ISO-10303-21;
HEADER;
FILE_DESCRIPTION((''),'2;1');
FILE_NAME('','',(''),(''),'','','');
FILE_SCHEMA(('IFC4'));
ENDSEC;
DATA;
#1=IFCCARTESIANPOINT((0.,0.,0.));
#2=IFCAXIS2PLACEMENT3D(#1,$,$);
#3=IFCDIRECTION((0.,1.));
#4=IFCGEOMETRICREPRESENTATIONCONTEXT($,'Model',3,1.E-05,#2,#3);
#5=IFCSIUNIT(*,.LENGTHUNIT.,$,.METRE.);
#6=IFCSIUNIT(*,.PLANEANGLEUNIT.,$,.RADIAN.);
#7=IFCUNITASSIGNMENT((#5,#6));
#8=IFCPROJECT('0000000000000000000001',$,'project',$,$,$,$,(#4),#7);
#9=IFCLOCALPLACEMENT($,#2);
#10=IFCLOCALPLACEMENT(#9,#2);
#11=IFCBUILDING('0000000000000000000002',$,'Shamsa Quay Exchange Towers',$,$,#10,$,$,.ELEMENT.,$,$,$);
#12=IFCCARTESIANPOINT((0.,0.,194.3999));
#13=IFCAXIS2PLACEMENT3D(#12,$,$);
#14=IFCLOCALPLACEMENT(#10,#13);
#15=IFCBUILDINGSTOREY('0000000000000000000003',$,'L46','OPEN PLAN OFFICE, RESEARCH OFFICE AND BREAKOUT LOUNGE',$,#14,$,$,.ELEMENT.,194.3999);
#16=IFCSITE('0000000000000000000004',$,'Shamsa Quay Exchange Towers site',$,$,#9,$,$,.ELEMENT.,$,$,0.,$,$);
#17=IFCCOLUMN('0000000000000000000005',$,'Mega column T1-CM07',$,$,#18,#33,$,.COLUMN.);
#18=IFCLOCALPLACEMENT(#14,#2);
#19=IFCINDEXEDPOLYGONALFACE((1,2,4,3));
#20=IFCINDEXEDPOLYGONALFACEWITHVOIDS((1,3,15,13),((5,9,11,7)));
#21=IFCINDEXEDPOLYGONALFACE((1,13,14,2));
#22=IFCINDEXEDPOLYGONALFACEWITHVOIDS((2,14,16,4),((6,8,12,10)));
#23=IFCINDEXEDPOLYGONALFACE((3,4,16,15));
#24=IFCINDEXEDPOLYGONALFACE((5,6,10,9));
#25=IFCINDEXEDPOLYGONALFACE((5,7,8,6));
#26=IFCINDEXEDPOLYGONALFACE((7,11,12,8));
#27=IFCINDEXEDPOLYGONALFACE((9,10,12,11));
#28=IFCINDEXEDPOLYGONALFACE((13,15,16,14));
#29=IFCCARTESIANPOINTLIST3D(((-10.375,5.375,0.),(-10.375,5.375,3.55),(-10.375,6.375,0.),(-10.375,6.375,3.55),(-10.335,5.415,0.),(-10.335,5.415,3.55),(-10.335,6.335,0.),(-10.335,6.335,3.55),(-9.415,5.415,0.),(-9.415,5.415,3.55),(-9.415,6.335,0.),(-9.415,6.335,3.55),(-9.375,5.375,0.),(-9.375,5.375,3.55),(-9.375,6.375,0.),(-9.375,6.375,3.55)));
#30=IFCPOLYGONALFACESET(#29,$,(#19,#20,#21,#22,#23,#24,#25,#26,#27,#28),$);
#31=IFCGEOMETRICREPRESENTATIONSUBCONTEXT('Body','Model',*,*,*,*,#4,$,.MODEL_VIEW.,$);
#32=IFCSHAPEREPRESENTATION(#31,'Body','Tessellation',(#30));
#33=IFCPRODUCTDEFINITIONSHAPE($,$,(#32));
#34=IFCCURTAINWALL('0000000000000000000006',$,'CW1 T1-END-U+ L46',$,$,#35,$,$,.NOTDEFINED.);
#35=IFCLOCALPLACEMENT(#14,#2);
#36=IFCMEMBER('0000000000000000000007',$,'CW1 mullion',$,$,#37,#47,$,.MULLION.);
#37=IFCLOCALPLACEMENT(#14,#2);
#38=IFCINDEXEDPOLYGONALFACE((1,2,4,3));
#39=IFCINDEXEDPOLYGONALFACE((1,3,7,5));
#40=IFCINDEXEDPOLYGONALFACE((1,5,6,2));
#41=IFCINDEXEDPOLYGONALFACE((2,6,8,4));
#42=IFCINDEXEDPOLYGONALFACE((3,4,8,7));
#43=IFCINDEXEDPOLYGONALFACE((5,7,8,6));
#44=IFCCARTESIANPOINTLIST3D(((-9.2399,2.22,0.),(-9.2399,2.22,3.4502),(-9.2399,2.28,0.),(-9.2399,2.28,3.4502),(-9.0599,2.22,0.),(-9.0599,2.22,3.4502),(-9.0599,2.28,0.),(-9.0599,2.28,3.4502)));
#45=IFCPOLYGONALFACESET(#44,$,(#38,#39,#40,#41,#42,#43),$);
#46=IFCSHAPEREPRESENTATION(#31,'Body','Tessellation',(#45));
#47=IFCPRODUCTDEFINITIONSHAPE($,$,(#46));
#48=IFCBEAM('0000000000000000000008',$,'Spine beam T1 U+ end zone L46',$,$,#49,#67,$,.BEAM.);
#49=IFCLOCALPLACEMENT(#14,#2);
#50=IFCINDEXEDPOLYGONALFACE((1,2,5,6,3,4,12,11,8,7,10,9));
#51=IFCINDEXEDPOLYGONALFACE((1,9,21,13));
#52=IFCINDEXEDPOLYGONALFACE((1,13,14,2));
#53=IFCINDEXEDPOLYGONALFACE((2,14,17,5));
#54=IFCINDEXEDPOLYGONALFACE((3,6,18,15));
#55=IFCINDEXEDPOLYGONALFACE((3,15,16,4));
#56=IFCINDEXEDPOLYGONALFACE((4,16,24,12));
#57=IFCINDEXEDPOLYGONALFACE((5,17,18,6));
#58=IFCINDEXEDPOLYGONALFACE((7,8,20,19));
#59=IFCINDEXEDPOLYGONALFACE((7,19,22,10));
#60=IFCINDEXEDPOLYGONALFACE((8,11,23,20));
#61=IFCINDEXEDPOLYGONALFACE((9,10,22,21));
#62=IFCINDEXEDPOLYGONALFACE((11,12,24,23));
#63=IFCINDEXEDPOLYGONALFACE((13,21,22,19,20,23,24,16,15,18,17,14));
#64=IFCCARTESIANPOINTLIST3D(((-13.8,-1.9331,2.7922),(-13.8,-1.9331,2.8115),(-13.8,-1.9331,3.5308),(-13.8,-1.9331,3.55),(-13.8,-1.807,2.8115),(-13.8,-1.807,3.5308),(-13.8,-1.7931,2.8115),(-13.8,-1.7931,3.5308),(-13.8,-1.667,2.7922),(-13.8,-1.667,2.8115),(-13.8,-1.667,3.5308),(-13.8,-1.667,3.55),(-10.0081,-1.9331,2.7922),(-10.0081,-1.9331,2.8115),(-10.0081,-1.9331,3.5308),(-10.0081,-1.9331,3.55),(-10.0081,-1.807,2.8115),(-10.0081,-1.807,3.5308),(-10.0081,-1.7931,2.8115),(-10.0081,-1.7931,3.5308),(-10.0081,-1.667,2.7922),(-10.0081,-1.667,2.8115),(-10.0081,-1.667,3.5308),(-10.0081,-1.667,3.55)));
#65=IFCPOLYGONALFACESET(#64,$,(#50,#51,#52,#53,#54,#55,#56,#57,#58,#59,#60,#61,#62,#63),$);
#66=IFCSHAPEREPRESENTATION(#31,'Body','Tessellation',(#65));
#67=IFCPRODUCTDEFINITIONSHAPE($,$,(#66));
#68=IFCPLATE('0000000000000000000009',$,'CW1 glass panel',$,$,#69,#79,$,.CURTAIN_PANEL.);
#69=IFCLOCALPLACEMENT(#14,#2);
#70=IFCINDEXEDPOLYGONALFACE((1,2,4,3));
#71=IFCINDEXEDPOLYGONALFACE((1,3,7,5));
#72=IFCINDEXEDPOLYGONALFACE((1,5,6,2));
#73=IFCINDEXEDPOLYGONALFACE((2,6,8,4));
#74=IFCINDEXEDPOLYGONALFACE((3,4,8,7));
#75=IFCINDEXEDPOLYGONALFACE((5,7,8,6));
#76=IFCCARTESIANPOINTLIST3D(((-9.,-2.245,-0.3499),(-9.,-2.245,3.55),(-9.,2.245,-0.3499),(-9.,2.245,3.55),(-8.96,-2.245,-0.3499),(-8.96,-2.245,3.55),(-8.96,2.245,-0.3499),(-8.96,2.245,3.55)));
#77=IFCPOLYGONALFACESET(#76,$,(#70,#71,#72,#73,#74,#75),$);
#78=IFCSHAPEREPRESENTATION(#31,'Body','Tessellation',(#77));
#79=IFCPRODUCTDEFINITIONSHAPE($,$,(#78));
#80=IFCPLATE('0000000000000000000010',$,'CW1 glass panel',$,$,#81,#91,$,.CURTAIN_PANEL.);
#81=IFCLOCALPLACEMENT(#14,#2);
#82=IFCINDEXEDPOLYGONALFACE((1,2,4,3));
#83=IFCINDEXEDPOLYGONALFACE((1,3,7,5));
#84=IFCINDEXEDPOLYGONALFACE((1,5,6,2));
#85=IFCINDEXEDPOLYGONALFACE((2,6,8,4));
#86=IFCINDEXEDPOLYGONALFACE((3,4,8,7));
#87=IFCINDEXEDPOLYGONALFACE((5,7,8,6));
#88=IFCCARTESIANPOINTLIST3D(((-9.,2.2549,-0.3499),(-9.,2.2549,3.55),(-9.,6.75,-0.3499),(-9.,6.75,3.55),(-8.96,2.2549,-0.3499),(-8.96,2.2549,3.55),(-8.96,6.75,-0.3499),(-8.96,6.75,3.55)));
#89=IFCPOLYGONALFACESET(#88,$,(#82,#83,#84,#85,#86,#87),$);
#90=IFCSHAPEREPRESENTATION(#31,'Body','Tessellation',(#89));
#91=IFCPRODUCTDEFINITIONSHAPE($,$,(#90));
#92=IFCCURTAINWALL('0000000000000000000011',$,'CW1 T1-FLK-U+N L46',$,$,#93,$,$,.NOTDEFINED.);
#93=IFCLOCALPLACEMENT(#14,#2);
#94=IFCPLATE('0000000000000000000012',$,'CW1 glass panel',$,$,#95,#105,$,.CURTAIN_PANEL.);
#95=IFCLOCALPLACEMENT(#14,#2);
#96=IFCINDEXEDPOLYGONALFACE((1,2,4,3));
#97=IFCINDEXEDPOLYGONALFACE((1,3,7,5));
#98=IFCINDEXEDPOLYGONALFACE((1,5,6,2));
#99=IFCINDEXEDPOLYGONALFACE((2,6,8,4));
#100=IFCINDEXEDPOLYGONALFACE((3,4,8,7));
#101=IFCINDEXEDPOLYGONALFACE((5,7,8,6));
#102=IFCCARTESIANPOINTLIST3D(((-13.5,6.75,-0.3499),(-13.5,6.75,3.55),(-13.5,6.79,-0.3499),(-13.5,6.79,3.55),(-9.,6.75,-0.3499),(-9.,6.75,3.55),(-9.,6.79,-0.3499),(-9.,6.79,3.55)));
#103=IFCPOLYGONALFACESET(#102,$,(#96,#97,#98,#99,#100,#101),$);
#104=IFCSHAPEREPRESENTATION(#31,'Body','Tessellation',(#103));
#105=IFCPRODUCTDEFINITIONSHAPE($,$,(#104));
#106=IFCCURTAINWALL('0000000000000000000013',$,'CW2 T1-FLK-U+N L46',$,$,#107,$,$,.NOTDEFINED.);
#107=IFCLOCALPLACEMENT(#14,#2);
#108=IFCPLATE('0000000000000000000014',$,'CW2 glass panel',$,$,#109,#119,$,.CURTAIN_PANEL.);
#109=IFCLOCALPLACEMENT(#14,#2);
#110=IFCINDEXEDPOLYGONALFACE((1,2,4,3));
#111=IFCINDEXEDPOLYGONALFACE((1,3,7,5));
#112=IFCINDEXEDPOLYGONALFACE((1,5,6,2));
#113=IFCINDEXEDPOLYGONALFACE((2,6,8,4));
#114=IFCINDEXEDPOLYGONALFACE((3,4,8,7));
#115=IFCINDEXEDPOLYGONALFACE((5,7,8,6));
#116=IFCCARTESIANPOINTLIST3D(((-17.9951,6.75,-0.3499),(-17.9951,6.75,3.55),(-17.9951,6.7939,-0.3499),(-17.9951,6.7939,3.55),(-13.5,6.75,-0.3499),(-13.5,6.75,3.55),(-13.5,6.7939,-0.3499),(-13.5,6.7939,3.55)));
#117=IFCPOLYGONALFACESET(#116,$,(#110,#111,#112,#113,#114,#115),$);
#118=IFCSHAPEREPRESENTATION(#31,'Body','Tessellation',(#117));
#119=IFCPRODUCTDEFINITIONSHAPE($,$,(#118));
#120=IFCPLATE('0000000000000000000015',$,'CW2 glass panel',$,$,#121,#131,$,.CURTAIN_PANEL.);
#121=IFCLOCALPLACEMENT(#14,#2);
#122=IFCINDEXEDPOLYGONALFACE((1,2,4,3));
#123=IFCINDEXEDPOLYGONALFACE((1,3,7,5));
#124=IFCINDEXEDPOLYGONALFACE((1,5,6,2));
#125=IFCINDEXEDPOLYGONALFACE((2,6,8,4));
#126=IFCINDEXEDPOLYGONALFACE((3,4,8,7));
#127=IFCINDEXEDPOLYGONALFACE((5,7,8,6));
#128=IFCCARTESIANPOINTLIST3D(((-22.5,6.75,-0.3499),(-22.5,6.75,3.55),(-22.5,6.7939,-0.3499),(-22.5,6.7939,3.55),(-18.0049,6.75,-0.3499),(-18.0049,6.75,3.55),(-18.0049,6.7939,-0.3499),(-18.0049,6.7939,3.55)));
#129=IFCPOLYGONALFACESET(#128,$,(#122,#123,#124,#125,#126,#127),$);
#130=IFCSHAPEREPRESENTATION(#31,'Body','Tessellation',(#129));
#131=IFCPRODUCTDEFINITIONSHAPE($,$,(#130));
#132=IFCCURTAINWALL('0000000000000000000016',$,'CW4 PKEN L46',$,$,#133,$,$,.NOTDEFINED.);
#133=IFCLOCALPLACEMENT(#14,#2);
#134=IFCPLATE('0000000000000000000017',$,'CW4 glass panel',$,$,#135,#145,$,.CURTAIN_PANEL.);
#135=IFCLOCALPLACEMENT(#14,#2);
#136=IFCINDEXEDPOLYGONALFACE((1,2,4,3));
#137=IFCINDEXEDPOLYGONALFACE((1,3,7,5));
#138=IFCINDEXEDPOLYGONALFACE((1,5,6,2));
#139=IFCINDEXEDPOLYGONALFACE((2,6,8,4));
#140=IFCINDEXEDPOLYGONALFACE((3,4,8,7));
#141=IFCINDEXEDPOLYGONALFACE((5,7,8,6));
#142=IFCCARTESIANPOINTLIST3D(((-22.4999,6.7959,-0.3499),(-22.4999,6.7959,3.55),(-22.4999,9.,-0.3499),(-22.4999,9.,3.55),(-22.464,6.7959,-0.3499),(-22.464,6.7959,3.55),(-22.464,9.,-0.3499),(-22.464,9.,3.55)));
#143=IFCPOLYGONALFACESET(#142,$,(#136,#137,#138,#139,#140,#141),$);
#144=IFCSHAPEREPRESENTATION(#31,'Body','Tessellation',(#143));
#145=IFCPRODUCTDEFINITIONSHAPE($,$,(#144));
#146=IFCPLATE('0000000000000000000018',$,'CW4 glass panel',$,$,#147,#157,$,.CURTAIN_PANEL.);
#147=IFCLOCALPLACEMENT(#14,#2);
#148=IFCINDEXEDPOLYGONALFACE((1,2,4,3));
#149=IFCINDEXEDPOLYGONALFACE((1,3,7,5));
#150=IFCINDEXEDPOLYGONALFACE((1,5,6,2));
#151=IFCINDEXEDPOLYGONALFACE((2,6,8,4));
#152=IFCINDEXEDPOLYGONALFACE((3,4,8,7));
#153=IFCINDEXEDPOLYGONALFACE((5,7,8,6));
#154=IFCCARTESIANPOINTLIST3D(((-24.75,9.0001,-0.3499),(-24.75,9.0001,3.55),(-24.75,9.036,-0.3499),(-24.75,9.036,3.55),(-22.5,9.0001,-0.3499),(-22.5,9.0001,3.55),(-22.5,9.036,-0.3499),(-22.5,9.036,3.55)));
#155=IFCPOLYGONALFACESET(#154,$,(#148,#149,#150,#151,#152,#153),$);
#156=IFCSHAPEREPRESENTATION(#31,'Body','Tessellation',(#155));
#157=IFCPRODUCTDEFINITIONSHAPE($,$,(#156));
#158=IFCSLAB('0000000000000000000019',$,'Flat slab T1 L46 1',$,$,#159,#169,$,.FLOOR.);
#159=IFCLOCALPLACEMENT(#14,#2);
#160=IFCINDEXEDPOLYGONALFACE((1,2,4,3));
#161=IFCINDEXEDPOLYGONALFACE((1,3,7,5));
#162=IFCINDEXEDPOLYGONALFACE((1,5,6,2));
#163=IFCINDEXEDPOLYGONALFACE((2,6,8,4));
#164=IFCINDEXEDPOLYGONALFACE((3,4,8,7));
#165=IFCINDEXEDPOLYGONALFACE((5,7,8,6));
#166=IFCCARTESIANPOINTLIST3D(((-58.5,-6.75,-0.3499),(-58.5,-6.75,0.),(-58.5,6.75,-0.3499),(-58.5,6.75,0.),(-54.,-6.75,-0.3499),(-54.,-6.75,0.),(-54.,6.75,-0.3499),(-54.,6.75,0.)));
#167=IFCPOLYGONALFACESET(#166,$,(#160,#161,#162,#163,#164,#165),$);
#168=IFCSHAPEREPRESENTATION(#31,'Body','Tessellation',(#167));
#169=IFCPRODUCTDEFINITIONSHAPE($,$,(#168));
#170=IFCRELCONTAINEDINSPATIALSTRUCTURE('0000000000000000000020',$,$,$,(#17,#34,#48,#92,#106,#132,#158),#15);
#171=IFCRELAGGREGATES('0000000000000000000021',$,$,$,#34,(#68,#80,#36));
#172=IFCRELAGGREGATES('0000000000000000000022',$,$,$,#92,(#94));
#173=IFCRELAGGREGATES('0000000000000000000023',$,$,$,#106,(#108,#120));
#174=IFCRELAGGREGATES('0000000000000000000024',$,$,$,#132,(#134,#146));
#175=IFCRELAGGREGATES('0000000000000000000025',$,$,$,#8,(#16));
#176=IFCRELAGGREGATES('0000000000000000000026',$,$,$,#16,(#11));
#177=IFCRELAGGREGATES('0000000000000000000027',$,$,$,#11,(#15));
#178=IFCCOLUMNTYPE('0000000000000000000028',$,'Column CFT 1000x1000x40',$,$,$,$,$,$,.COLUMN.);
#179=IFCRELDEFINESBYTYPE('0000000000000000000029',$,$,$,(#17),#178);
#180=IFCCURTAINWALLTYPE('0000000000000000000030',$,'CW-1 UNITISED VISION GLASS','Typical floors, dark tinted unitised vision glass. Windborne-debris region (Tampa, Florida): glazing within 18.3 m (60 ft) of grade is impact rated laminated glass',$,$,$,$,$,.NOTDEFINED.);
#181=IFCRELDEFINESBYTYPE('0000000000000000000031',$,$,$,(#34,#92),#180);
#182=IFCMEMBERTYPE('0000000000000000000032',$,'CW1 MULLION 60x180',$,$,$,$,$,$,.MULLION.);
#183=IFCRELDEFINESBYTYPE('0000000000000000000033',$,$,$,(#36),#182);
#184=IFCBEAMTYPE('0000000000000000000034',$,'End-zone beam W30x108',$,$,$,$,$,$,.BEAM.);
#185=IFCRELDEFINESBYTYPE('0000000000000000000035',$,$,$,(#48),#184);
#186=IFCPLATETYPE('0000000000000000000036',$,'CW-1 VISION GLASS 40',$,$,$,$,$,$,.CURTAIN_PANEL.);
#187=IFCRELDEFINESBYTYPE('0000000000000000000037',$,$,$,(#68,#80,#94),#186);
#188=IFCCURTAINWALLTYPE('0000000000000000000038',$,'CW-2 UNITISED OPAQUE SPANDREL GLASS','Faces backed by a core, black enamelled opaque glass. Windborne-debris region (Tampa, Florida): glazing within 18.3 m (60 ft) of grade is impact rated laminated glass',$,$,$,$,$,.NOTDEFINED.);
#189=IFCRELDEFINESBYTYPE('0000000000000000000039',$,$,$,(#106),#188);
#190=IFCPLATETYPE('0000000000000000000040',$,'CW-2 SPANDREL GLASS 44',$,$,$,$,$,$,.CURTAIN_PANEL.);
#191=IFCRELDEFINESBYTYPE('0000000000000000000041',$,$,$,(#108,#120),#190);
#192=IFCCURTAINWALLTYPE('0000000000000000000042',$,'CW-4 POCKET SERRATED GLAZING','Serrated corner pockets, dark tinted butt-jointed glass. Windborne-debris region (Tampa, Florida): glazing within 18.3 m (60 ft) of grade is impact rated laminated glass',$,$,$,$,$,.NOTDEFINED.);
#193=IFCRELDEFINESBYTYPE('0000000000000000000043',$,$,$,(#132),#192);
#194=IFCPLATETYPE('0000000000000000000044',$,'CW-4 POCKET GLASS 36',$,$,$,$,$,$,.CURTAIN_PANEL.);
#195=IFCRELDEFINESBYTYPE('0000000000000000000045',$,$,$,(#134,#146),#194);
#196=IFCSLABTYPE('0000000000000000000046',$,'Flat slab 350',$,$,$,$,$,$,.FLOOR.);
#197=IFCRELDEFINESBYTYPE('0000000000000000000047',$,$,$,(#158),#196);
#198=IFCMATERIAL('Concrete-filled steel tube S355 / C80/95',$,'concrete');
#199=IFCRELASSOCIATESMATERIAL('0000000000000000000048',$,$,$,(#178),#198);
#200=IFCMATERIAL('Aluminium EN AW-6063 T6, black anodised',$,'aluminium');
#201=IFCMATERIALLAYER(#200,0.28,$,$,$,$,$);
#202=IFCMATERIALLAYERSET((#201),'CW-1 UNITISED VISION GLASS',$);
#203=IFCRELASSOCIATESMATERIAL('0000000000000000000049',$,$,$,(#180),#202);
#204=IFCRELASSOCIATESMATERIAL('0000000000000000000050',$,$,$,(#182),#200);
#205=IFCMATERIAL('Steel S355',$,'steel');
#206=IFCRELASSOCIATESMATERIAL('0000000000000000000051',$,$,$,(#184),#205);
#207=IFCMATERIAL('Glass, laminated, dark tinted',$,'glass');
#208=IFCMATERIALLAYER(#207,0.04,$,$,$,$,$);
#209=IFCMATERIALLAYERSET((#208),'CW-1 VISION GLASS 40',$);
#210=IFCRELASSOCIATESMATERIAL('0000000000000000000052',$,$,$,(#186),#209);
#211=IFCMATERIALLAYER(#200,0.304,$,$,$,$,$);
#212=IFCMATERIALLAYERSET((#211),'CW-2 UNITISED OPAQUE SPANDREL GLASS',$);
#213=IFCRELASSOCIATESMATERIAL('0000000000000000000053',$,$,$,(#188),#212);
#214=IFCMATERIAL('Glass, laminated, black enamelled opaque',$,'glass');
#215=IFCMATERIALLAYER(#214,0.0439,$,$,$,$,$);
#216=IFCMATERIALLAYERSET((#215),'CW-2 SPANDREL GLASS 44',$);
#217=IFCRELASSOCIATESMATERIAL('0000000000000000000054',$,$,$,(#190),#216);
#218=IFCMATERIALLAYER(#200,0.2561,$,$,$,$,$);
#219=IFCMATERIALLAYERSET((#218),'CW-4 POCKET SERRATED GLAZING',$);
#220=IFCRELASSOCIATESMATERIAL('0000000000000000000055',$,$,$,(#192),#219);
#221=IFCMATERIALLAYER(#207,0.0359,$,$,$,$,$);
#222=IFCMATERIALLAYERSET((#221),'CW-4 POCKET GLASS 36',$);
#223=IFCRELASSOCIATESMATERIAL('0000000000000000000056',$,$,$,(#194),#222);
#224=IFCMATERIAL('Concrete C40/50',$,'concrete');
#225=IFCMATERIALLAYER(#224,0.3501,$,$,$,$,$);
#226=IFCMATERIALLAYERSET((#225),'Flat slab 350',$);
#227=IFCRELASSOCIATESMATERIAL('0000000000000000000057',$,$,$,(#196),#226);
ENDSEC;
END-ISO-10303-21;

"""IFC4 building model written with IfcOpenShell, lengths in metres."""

from ifc_helpers import new_model, si_unit, direction, frame, origin, origin_2d, place, context, subcontext, project, spatial, polyline, rectangle, hollow_rectangle, i_section, outline, extrude, material, layer, layer_set, material_profile, profile_set, type_object, element, aggregate, save


model = new_model("IFC4")

# Units and contexts
model_context = context("Model", 3, precision=1e-05, world=origin(), true_north=direction((0.0, 1.0)))
body_context = subcontext(model_context, "Body", "Model", "MODEL_VIEW")
ifc_project = project(units=[si_unit("LENGTHUNIT", "METRE"), si_unit("PLANEANGLEUNIT", "RADIAN")], contexts=[model_context])

# Site, building, storey
site_placement = place(None, origin())
site = spatial("IfcSite", under=ifc_project, at=site_placement, Name="Shamsa Quay Exchange Towers site", CompositionType="ELEMENT", RefElevation=0.0)
building_placement = place(site_placement, origin())
building = spatial("IfcBuilding", under=site, at=building_placement, Name="Shamsa Quay Exchange Towers", CompositionType="ELEMENT")
storey_placement = place(building_placement, frame((0.0, 0.0, 194.3999)))
storey = spatial("IfcBuildingStorey", under=building, at=storey_placement, Name="L46", Description="OPEN PLAN OFFICE, RESEARCH OFFICE AND BREAKOUT LOUNGE", CompositionType="ELEMENT", Elevation=194.3999)

# Column
ifc_material_1 = material(Name="Concrete-filled steel tube S355 / C80/95", Category="concrete")
ifc_material_profile_1 = material_profile(ifc_material_1, hollow_rectangle(XDim=1.0, YDim=1.0, WallThickness=0.04, at=origin_2d()), Name="CFT 1000x1000x40")
ifc_profile_set_1 = profile_set([ifc_material_profile_1], Name="Concrete-filled steel tube S355 / C80/95")
column_type = type_object("IfcColumnType", Name="Column CFT 1000x1000x40", PredefinedType="COLUMN", material=ifc_profile_set_1)
column_placement = place(storey_placement, frame((-9.875, 5.875, 0.0)))
element("IfcColumn", 1, at=column_placement, inside=storey, type_object=column_type, Name="Mega column T1-CM07", PredefinedType="COLUMN", context=body_context, shape_type="SweptSolid", body=[
    extrude(hollow_rectangle(XDim=1.0, YDim=1.0, WallThickness=0.04, at=origin_2d()), origin(), (0.0, 0.0, 1.0), 3.55),
])

# Curtain wall, member
ifc_material_2 = material(Name="Aluminium EN AW-6063 T6, black anodised", Category="aluminium")
ifc_layer_1 = layer(ifc_material_2, 0.28)
ifc_layer_set_1 = layer_set([ifc_layer_1], Name="CW-1 UNITISED VISION GLASS")
curtain_wall_type_1 = type_object("IfcCurtainWallType", Name="CW-1 UNITISED VISION GLASS", Description="Typical floors, dark tinted unitised vision glass. Windborne-debris region (Tampa, Florida): glazing within 18.3 m (60 ft) of grade is impact rated laminated glass", PredefinedType="NOTDEFINED", material=ifc_layer_set_1)
curtain_wall_1_placement = place(storey_placement, origin())
curtain_wall_1 = element("IfcCurtainWall", 2, at=curtain_wall_1_placement, inside=storey, type_object=curtain_wall_type_1, Name="CW1 T1-END-U+ L46", PredefinedType="NOTDEFINED")
ifc_material_profile_2 = material_profile(ifc_material_2, rectangle(XDim=0.1799, YDim=0.0601, at=origin_2d()), Name="MU60x180")
ifc_profile_set_2 = profile_set([ifc_material_profile_2], Name="Aluminium EN AW-6063 T6, black anodised")
member_type = type_object("IfcMemberType", Name="CW1 MULLION 60x180", PredefinedType="MULLION", material=ifc_profile_set_2)
member_placement = place(storey_placement, frame((-9.1499, 2.25, 0.0), z_axis=(0.0, 0.0, 1.0), x_axis=(-1.0, 0.0, 0.0)))
member = element("IfcMember", 3, at=member_placement, type_object=member_type, Name="CW1 mullion", PredefinedType="MULLION", context=body_context, shape_type="SweptSolid", body=[
    extrude(rectangle(XDim=0.1799, YDim=0.0601, at=origin_2d()), origin(), (0.0, 0.0, 1.0), 3.4502),
])

# Beam
ifc_material_3 = material(Name="Steel S355", Category="steel")
ifc_material_profile_3 = material_profile(ifc_material_3, i_section(OverallWidth=0.2661, OverallDepth=0.7578, WebThickness=0.0139, FlangeThickness=0.0193, at=origin_2d()), Name="W30x108")
ifc_profile_set_3 = profile_set([ifc_material_profile_3], Name="Steel S355")
beam_type = type_object("IfcBeamType", Name="End-zone beam W30x108", PredefinedType="BEAM", material=ifc_profile_set_3)
beam_placement = place(storey_placement, frame((-13.8, -1.8, 3.1711), z_axis=(1.0, 0.0, 0.0), x_axis=(0.0, 1.0, 0.0)))
element("IfcBeam", 4, at=beam_placement, inside=storey, type_object=beam_type, Name="Spine beam T1 U+ end zone L46", PredefinedType="BEAM", context=body_context, shape_type="SweptSolid", body=[
    extrude(i_section(OverallWidth=0.2661, OverallDepth=0.7578, WebThickness=0.0139, FlangeThickness=0.0193, at=origin_2d()), origin(), (0.0, 0.0, 1.0), 3.792),
])

# Plates
ifc_material_4 = material(Name="Glass, laminated, dark tinted", Category="glass")
ifc_layer_2 = layer(ifc_material_4, 0.04)
ifc_layer_set_2 = layer_set([ifc_layer_2], Name="CW-1 VISION GLASS 40")
plate_type_1 = type_object("IfcPlateType", Name="CW-1 VISION GLASS 40", PredefinedType="CURTAIN_PANEL", material=ifc_layer_set_2)
plate_1_placement = place(storey_placement, frame((-8.98, 0.0, -0.3499), z_axis=(0.0, 0.0, 1.0), x_axis=(0.0, 1.0, 0.0)))
plate_1 = element("IfcPlate", 5, at=plate_1_placement, type_object=plate_type_1, Name="CW1 glass panel", PredefinedType="CURTAIN_PANEL", context=body_context, shape_type="SweptSolid", body=[
    extrude(rectangle(XDim=4.49, YDim=0.04, at=origin_2d()), origin(), (0.0, 0.0, 1.0), 3.8999),
])
plate_2_placement = place(storey_placement, frame((-8.98, 4.5024, -0.3499), z_axis=(0.0, 0.0, 1.0), x_axis=(0.0, 1.0, 0.0)))
plate_2 = element("IfcPlate", 6, at=plate_2_placement, type_object=plate_type_1, Name="CW1 glass panel", PredefinedType="CURTAIN_PANEL", context=body_context, shape_type="SweptSolid", body=[
    extrude(rectangle(XDim=4.4951, YDim=0.04, at=origin_2d()), origin(), (0.0, 0.0, 1.0), 3.8999),
])
aggregate(curtain_wall_1, [plate_1, plate_2, member])

# Curtain wall, plate
curtain_wall_2_placement = place(storey_placement, origin())
curtain_wall_2 = element("IfcCurtainWall", 7, at=curtain_wall_2_placement, inside=storey, type_object=curtain_wall_type_1, Name="CW1 T1-FLK-U+N L46", PredefinedType="NOTDEFINED")
plate_3_placement = place(storey_placement, frame((-11.25, 6.77, -0.3499), z_axis=(0.0, 0.0, 1.0), x_axis=(-1.0, 0.0, 0.0)))
plate_3 = element("IfcPlate", 8, at=plate_3_placement, type_object=plate_type_1, Name="CW1 glass panel", PredefinedType="CURTAIN_PANEL", context=body_context, shape_type="SweptSolid", body=[
    extrude(rectangle(XDim=4.5, YDim=0.04, at=origin_2d()), origin(), (0.0, 0.0, 1.0), 3.8999),
])
aggregate(curtain_wall_2, [plate_3])

# Curtain walls, plates
ifc_layer_3 = layer(ifc_material_2, 0.304)
ifc_layer_set_3 = layer_set([ifc_layer_3], Name="CW-2 UNITISED OPAQUE SPANDREL GLASS")
curtain_wall_type_2 = type_object("IfcCurtainWallType", Name="CW-2 UNITISED OPAQUE SPANDREL GLASS", Description="Faces backed by a core, black enamelled opaque glass. Windborne-debris region (Tampa, Florida): glazing within 18.3 m (60 ft) of grade is impact rated laminated glass", PredefinedType="NOTDEFINED", material=ifc_layer_set_3)
curtain_wall_3_placement = place(storey_placement, origin())
curtain_wall_3 = element("IfcCurtainWall", 9, at=curtain_wall_3_placement, inside=storey, type_object=curtain_wall_type_2, Name="CW2 T1-FLK-U+N L46", PredefinedType="NOTDEFINED")
ifc_material_5 = material(Name="Glass, laminated, black enamelled opaque", Category="glass")
ifc_layer_4 = layer(ifc_material_5, 0.0439)
ifc_layer_set_4 = layer_set([ifc_layer_4], Name="CW-2 SPANDREL GLASS 44")
plate_type_2 = type_object("IfcPlateType", Name="CW-2 SPANDREL GLASS 44", PredefinedType="CURTAIN_PANEL", material=ifc_layer_set_4)
plate_4_placement = place(storey_placement, frame((-15.7476, 6.772, -0.3499), z_axis=(0.0, 0.0, 1.0), x_axis=(-1.0, 0.0, 0.0)))
plate_4 = element("IfcPlate", 10, at=plate_4_placement, type_object=plate_type_2, Name="CW2 glass panel", PredefinedType="CURTAIN_PANEL", context=body_context, shape_type="SweptSolid", body=[
    extrude(rectangle(XDim=4.4951, YDim=0.0439, at=origin_2d()), origin(), (0.0, 0.0, 1.0), 3.8999),
])
plate_5_placement = place(storey_placement, frame((-20.2524, 6.772, -0.3499), z_axis=(0.0, 0.0, 1.0), x_axis=(-1.0, 0.0, 0.0)))
plate_5 = element("IfcPlate", 11, at=plate_5_placement, type_object=plate_type_2, Name="CW2 glass panel", PredefinedType="CURTAIN_PANEL", context=body_context, shape_type="SweptSolid", body=[
    extrude(rectangle(XDim=4.4951, YDim=0.0439, at=origin_2d()), origin(), (0.0, 0.0, 1.0), 3.8999),
])
aggregate(curtain_wall_3, [plate_4, plate_5])
ifc_layer_5 = layer(ifc_material_2, 0.2561)
ifc_layer_set_5 = layer_set([ifc_layer_5], Name="CW-4 POCKET SERRATED GLAZING")
curtain_wall_type_3 = type_object("IfcCurtainWallType", Name="CW-4 POCKET SERRATED GLAZING", Description="Serrated corner pockets, dark tinted butt-jointed glass. Windborne-debris region (Tampa, Florida): glazing within 18.3 m (60 ft) of grade is impact rated laminated glass", PredefinedType="NOTDEFINED", material=ifc_layer_set_5)
curtain_wall_4_placement = place(storey_placement, origin())
curtain_wall_4 = element("IfcCurtainWall", 12, at=curtain_wall_4_placement, inside=storey, type_object=curtain_wall_type_3, Name="CW4 PKEN L46", PredefinedType="NOTDEFINED")
ifc_layer_6 = layer(ifc_material_4, 0.0359)
ifc_layer_set_6 = layer_set([ifc_layer_6], Name="CW-4 POCKET GLASS 36")
plate_type_3 = type_object("IfcPlateType", Name="CW-4 POCKET GLASS 36", PredefinedType="CURTAIN_PANEL", material=ifc_layer_set_6)
plate_6_placement = place(storey_placement, frame((-22.4819, 7.8979, -0.3499), z_axis=(0.0, 0.0, 1.0), x_axis=(0.0, 1.0, 0.0)))
plate_6 = element("IfcPlate", 13, at=plate_6_placement, type_object=plate_type_3, Name="CW4 glass panel", PredefinedType="CURTAIN_PANEL", context=body_context, shape_type="SweptSolid", body=[
    extrude(rectangle(XDim=2.2041, YDim=0.0359, at=origin_2d()), origin(), (0.0, 0.0, 1.0), 3.8999),
])
plate_7_placement = place(storey_placement, frame((-23.625, 9.0181, -0.3499), z_axis=(0.0, 0.0, 1.0), x_axis=(-1.0, 0.0, 0.0)))
plate_7 = element("IfcPlate", 14, at=plate_7_placement, type_object=plate_type_3, Name="CW4 glass panel", PredefinedType="CURTAIN_PANEL", context=body_context, shape_type="SweptSolid", body=[
    extrude(rectangle(XDim=2.25, YDim=0.0359, at=origin_2d()), origin(), (0.0, 0.0, 1.0), 3.8999),
])
aggregate(curtain_wall_4, [plate_6, plate_7])

# Slab
ifc_material_6 = material(Name="Concrete C40/50", Category="concrete")
ifc_layer_7 = layer(ifc_material_6, 0.3501)
ifc_layer_set_7 = layer_set([ifc_layer_7], Name="Flat slab 350")
slab_type = type_object("IfcSlabType", Name="Flat slab 350", PredefinedType="FLOOR", material=ifc_layer_set_7)
slab_placement = place(storey_placement, frame((0.0, 0.0, -0.3499)))
element("IfcSlab", 15, at=slab_placement, inside=storey, type_object=slab_type, Name="Flat slab T1 L46 1", PredefinedType="FLOOR", context=body_context, shape_type="SweptSolid", body=[
    extrude(outline(polyline([(-58.5, -6.75), (-54.0, -6.75), (-54.0, 6.75), (-58.5, 6.75), (-58.5, -6.75)])), origin(), (0.0, 0.0, 1.0), 0.3499),
])

save(model, "model.ifc")
